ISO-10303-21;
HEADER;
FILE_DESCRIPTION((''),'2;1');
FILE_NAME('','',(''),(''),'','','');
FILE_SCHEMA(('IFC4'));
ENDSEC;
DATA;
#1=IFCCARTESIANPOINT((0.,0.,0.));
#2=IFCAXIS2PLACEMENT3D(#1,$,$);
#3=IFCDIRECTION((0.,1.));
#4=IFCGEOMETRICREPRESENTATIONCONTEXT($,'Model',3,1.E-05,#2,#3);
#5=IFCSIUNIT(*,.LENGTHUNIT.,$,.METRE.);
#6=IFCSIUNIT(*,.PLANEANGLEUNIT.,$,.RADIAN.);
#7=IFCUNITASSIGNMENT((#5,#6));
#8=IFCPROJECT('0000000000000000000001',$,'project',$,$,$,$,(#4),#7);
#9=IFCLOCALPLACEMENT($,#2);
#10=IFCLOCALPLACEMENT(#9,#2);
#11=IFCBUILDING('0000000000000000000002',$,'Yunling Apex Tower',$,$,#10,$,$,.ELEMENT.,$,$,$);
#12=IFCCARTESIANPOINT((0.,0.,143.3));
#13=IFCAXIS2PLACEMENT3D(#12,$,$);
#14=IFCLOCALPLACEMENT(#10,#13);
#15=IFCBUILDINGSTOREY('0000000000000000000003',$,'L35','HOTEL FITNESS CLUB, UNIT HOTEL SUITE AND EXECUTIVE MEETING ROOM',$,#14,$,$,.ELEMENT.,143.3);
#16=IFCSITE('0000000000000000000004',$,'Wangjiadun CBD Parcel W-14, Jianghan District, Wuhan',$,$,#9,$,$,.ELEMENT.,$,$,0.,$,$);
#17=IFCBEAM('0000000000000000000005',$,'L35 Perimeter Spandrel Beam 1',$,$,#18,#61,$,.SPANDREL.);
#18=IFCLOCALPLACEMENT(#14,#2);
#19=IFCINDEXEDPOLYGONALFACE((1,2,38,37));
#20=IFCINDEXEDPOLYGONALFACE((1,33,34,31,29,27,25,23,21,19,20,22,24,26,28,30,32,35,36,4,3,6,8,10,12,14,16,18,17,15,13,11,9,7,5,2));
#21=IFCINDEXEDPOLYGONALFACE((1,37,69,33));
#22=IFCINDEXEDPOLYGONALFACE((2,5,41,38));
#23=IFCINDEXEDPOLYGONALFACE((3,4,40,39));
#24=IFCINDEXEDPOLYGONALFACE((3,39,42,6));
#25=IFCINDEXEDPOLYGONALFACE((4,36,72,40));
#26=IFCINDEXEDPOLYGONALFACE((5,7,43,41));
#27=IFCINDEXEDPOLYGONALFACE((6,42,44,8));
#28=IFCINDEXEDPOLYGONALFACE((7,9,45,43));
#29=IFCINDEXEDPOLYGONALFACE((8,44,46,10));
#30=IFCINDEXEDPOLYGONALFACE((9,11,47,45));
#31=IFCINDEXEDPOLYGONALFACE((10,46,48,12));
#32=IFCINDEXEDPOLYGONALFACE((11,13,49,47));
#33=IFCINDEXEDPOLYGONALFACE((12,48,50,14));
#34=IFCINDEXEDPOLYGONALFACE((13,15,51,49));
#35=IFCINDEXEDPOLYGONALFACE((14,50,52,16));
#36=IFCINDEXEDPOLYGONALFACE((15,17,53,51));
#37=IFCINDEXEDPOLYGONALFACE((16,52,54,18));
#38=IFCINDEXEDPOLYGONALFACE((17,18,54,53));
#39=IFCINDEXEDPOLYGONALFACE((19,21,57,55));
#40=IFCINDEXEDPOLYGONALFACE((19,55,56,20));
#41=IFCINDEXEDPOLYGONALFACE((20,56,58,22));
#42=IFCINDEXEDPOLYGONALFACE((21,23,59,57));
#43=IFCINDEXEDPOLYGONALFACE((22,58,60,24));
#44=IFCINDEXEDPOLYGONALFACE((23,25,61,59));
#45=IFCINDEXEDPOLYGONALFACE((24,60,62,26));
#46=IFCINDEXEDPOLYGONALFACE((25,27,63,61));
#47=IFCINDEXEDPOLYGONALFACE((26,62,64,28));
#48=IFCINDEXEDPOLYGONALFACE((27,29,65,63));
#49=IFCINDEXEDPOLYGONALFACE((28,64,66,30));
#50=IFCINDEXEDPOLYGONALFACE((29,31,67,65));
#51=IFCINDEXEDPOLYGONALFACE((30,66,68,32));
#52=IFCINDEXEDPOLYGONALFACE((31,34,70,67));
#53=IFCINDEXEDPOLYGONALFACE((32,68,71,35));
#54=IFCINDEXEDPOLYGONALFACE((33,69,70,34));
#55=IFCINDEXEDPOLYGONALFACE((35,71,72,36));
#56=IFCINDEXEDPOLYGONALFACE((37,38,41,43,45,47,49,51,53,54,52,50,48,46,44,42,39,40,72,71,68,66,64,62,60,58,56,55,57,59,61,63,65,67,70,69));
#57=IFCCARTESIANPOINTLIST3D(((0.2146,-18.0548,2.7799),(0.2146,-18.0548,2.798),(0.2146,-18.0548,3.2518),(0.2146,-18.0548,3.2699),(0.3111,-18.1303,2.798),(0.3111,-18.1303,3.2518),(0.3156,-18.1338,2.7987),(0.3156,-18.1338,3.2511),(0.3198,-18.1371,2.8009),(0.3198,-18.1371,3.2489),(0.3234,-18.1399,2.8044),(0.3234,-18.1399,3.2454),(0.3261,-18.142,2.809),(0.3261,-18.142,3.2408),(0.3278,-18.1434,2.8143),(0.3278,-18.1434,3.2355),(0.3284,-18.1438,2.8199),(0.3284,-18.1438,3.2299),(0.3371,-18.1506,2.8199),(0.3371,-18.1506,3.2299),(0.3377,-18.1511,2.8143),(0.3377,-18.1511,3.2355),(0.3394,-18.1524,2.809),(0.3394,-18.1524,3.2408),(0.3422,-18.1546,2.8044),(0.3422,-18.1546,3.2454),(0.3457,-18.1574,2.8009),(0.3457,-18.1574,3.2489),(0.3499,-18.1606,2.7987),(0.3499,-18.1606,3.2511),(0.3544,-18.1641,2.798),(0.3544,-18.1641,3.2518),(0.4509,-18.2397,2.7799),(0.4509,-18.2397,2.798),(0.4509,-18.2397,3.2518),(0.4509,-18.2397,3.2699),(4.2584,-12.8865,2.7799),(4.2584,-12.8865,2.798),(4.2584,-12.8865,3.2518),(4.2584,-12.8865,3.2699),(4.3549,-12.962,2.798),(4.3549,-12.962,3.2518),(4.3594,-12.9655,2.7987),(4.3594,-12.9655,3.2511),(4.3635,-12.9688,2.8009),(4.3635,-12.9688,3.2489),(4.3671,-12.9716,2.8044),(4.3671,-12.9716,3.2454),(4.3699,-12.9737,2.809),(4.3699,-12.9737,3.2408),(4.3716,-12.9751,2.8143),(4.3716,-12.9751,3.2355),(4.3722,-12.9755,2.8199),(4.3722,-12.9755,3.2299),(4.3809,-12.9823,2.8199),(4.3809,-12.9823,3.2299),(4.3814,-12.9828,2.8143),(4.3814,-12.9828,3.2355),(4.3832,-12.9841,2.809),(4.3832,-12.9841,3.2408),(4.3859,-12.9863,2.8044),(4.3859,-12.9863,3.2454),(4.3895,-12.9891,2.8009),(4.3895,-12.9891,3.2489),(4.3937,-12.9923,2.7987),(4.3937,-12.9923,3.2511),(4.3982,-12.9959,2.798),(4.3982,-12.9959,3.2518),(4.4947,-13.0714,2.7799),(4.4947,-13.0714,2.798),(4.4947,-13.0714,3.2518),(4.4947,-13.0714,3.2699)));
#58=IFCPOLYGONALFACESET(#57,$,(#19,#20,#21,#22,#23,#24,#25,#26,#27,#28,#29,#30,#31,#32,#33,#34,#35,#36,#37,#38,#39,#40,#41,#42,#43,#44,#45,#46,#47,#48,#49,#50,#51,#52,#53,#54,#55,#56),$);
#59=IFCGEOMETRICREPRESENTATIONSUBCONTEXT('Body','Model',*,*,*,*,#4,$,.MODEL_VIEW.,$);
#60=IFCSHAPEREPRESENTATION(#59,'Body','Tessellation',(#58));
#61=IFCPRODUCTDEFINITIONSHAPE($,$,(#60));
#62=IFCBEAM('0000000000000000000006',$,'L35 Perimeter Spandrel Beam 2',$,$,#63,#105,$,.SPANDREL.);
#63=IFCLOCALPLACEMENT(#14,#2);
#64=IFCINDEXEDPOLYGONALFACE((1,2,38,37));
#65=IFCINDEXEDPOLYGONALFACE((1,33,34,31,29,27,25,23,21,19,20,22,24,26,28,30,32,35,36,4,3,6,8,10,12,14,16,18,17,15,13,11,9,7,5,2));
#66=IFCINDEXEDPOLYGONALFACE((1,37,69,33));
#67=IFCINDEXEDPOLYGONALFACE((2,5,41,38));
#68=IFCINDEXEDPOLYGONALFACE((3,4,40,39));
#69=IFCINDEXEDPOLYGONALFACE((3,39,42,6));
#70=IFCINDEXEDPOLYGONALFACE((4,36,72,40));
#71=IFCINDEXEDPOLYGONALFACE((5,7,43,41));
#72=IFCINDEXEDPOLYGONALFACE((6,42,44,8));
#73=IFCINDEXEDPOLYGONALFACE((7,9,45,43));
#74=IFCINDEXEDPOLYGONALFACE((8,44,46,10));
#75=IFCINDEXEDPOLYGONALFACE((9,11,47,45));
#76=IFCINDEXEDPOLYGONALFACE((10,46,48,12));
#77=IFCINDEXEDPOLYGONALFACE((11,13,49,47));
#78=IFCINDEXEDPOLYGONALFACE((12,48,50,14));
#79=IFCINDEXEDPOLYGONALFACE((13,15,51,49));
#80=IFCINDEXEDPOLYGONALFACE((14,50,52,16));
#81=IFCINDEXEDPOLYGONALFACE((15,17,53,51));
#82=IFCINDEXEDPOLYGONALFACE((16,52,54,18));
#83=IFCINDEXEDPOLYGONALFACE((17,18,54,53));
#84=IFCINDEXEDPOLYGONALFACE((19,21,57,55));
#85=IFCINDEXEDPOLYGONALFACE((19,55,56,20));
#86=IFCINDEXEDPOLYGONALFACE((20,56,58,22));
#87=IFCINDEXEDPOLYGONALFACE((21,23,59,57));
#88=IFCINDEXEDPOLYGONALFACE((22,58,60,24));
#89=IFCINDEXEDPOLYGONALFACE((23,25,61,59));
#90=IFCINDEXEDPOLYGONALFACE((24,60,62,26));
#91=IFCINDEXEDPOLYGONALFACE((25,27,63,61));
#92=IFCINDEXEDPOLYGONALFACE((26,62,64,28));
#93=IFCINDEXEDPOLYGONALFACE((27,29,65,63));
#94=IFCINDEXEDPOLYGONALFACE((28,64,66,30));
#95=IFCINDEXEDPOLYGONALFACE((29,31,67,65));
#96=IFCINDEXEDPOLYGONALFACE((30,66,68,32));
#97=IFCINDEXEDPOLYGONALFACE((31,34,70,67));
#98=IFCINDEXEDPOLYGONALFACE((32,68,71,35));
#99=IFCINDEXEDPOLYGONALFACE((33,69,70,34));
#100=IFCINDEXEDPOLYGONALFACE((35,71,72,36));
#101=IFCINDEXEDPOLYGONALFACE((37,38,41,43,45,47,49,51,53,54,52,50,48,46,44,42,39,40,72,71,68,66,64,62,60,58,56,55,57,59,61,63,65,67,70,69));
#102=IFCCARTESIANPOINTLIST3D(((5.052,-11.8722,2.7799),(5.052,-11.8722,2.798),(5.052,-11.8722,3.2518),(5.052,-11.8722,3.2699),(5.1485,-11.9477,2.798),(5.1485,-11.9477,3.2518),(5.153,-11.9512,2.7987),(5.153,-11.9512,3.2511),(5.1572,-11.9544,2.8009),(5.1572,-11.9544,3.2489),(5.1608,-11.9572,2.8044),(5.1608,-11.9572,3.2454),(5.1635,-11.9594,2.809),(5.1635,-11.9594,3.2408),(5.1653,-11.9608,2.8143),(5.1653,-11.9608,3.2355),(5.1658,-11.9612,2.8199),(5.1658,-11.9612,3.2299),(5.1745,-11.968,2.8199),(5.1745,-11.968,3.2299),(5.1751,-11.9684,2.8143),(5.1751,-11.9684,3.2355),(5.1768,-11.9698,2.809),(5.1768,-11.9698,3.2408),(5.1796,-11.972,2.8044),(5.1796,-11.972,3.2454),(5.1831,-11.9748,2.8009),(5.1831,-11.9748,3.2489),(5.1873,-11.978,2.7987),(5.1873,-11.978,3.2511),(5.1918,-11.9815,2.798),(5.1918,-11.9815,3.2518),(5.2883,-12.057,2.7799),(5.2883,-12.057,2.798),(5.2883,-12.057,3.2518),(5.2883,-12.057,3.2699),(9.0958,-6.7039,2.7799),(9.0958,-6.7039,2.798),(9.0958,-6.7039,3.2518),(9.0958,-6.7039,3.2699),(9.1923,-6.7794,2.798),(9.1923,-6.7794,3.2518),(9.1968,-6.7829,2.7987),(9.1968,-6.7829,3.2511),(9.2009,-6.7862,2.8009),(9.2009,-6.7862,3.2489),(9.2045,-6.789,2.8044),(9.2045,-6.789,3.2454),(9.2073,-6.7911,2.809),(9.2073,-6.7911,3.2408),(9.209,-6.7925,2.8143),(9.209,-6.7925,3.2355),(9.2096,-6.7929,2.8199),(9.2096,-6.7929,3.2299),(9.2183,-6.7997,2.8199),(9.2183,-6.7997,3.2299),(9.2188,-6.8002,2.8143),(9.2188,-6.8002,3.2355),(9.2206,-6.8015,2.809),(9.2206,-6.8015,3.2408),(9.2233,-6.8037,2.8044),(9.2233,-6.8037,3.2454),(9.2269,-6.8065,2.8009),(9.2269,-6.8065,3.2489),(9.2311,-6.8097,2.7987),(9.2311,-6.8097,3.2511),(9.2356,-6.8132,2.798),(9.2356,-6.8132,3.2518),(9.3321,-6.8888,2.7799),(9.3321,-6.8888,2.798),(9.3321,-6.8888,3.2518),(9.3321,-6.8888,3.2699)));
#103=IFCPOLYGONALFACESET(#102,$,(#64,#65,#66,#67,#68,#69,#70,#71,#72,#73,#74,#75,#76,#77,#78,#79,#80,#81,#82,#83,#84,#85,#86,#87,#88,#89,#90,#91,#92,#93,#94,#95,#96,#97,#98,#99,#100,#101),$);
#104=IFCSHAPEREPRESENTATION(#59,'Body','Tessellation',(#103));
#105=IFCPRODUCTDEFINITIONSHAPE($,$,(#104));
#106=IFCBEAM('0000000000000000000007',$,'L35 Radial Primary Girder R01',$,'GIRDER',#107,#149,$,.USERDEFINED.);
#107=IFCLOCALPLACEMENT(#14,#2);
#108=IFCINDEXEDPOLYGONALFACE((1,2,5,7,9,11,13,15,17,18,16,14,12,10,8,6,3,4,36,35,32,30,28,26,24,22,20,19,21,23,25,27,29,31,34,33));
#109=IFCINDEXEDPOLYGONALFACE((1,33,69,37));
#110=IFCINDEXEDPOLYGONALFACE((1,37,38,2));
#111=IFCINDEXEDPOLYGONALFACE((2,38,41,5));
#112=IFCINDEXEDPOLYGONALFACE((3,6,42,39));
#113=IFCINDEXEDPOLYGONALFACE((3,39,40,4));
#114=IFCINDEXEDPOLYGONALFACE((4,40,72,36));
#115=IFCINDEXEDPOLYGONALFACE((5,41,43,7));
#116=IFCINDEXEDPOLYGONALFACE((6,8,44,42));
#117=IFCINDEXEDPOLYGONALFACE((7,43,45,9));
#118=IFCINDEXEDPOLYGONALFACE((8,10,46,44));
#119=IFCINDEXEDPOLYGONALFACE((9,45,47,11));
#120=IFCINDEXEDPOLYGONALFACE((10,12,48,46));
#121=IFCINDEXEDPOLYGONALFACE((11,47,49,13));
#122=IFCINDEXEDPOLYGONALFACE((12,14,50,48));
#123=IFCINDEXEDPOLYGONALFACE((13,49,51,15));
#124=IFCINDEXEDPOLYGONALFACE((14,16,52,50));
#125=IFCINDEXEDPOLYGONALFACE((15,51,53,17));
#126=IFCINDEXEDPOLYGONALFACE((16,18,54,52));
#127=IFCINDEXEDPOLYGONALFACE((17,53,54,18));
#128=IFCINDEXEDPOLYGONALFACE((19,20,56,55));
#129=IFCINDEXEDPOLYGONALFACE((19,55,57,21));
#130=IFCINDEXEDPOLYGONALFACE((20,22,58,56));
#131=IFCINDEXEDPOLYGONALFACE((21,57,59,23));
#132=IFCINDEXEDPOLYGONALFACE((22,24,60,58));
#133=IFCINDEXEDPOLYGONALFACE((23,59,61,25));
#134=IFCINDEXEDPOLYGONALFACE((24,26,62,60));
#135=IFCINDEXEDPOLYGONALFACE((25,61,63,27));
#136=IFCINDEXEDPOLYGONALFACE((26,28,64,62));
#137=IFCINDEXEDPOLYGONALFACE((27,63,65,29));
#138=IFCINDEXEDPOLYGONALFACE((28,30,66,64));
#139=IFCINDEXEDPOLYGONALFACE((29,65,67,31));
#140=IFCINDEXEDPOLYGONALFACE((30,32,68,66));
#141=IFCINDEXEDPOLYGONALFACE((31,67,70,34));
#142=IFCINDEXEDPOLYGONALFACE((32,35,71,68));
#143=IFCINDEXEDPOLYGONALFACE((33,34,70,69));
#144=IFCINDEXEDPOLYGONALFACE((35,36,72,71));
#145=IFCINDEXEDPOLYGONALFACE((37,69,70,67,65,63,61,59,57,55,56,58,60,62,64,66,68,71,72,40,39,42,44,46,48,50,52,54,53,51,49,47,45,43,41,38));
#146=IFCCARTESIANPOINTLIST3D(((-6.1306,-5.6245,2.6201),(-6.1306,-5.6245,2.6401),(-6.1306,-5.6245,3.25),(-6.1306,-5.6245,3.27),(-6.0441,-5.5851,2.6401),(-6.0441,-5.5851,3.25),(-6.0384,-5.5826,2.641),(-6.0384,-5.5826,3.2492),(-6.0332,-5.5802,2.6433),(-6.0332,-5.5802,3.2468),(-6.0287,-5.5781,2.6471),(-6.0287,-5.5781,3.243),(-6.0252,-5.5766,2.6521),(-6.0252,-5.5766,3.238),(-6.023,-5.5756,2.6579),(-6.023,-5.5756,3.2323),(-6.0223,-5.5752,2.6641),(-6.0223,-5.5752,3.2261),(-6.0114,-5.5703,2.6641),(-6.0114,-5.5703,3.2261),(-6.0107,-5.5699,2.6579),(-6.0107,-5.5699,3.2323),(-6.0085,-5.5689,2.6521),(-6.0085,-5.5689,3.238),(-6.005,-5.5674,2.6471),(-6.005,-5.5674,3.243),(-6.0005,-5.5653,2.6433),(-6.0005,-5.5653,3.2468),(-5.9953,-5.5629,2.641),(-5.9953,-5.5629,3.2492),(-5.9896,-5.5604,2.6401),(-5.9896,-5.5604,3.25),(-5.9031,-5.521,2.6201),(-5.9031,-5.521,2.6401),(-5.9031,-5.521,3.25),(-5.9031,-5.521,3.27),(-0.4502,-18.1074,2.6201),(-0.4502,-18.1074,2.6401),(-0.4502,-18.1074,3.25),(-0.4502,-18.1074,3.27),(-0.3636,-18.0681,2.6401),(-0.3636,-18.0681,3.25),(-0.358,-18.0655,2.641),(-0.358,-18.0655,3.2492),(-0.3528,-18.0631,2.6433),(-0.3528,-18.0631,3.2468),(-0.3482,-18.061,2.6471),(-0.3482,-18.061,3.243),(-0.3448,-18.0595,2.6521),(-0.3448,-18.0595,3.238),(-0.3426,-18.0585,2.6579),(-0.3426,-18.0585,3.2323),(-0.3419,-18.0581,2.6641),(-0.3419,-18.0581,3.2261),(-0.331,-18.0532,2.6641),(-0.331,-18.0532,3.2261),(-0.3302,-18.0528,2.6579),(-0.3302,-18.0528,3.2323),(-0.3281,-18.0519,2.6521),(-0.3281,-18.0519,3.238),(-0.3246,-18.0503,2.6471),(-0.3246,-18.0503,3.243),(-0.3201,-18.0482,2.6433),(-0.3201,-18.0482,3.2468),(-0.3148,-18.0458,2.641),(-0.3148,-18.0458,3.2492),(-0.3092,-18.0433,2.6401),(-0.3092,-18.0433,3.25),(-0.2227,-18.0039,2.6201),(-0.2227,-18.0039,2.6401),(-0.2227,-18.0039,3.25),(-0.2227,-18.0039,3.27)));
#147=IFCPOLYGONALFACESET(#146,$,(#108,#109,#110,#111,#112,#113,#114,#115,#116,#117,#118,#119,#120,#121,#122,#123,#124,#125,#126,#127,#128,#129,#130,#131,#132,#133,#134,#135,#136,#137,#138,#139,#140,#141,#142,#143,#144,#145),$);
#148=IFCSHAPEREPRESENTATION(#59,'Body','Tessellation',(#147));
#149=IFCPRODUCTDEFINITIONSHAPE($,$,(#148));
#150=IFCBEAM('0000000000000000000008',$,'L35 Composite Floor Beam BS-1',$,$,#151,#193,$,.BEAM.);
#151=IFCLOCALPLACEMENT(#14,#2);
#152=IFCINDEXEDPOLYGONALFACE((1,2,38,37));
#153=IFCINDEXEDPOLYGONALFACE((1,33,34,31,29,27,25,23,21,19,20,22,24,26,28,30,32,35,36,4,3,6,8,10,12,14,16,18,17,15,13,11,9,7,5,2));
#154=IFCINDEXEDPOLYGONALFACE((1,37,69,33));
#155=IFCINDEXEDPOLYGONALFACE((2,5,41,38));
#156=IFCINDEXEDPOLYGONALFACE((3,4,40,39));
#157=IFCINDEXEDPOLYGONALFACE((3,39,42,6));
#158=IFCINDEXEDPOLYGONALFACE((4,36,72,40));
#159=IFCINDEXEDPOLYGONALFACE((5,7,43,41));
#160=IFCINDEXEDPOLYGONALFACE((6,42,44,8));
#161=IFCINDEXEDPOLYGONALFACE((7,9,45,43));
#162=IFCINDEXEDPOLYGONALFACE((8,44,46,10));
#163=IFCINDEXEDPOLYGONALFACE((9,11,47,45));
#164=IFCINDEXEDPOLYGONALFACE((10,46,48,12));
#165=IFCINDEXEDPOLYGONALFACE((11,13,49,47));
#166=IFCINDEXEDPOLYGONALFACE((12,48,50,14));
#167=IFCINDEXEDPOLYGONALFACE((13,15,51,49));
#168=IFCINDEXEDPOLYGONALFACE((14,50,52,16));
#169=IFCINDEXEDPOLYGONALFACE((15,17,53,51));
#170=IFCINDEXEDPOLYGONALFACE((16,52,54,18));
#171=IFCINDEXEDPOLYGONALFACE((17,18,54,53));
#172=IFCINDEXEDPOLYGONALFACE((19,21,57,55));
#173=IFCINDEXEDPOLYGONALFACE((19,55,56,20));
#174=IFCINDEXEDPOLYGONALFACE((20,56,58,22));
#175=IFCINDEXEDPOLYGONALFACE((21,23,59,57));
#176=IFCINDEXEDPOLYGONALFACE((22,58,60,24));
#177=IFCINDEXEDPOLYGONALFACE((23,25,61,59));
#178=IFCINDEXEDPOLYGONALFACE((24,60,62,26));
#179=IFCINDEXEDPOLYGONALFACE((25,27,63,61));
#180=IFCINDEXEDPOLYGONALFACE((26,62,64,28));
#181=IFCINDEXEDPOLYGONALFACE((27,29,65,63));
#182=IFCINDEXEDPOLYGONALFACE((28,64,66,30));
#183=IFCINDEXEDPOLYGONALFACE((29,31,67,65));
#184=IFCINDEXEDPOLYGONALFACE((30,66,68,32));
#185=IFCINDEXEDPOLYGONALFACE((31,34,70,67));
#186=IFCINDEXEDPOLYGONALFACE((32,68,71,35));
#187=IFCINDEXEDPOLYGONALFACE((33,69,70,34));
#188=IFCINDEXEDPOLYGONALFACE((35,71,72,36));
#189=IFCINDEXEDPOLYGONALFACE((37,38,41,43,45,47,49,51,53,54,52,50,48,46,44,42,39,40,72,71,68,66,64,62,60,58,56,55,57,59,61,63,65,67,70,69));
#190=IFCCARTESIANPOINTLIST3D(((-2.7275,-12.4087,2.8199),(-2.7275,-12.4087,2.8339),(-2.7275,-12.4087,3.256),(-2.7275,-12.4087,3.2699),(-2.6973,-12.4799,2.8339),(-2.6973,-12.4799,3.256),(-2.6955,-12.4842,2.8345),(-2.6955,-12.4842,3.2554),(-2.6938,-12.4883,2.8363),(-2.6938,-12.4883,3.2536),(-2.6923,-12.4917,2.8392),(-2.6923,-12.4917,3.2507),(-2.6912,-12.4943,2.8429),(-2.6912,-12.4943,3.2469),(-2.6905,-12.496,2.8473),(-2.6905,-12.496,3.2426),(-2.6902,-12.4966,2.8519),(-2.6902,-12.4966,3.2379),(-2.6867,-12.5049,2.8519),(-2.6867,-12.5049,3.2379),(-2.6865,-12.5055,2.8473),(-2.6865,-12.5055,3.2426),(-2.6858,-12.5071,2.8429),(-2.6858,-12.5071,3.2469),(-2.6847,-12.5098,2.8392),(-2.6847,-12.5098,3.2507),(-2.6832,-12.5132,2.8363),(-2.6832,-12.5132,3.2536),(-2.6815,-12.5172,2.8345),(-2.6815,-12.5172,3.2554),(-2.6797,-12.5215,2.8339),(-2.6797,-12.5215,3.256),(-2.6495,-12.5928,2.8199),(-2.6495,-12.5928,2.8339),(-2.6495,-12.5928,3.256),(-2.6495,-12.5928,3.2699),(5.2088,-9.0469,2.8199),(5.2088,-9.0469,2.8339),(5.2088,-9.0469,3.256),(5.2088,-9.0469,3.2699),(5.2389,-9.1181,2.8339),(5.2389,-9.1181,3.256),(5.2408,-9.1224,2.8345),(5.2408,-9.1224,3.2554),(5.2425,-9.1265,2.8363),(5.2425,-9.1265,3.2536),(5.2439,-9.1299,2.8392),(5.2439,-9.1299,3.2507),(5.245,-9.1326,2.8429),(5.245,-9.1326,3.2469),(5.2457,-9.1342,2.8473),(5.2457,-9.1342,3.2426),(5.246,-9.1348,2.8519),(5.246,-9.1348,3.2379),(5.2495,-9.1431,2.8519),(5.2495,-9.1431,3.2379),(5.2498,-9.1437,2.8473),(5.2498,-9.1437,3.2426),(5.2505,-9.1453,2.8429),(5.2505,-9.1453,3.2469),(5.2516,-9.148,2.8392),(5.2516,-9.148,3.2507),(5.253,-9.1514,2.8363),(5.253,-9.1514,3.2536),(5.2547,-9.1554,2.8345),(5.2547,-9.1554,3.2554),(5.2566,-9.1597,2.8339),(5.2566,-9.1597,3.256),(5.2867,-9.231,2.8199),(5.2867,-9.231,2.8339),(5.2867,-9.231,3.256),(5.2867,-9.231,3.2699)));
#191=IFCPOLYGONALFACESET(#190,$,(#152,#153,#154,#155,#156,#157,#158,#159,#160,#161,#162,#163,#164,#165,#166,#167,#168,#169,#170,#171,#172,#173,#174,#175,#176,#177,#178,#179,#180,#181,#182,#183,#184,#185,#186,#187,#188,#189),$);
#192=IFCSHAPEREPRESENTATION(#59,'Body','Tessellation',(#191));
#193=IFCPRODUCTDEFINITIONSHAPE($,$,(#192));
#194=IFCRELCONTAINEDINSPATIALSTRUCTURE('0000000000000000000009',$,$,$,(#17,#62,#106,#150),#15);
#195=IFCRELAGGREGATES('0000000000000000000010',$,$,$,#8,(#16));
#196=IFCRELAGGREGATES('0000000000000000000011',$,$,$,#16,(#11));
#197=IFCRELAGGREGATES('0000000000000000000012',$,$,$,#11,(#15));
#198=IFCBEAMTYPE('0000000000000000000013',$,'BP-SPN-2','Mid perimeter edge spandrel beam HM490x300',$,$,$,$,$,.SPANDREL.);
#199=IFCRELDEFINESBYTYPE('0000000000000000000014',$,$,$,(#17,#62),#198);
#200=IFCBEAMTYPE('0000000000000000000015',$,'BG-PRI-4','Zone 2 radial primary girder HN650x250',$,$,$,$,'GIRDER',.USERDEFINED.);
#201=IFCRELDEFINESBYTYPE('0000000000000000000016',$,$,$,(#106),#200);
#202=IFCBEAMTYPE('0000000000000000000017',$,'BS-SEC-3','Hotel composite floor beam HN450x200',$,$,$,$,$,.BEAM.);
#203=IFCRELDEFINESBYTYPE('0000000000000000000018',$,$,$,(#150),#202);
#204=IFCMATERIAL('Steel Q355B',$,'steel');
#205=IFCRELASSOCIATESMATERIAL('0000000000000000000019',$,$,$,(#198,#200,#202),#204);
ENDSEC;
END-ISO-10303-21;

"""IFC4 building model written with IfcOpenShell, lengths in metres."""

from ifc_helpers import new_model, si_unit, direction, frame, origin, origin_2d, place, context, subcontext, project, spatial, i_section, extrude, source, transform, mapped, material, material_profile, profile_set, type_object, element, save


model = new_model("IFC4")

# Units and contexts
model_context = context("Model", 3, precision=1e-05, world=origin(), true_north=direction((0.0, 1.0)))
body_context = subcontext(model_context, "Body", "Model", "MODEL_VIEW")
ifc_project = project(units=[si_unit("LENGTHUNIT", "METRE"), si_unit("PLANEANGLEUNIT", "RADIAN")], contexts=[model_context])

# Site, building, storey
site_placement = place(None, origin())
site = spatial("IfcSite", under=ifc_project, at=site_placement, Name="Wangjiadun CBD Parcel W-14, Jianghan District, Wuhan", CompositionType="ELEMENT", RefElevation=0.0)
building_placement = place(site_placement, origin())
building = spatial("IfcBuilding", under=site, at=building_placement, Name="Yunling Apex Tower", CompositionType="ELEMENT")
storey_placement = place(building_placement, frame((0.0, 0.0, 143.3)))
storey = spatial("IfcBuildingStorey", under=building, at=storey_placement, Name="L35", Description="HOTEL FITNESS CLUB, UNIT HOTEL SUITE AND EXECUTIVE MEETING ROOM", CompositionType="ELEMENT", Elevation=143.3)

# Beams
ifc_material_1 = material(Name="Steel Q355B", Category="steel")
ifc_material_profile_1 = material_profile(ifc_material_1, i_section(OverallWidth=0.3, OverallDepth=0.49, WebThickness=0.011, FlangeThickness=0.0181, FilletRadius=0.022, at=origin_2d()))
ifc_profile_set_1 = profile_set([ifc_material_profile_1], Name="Steel Q355B")
beam_type_1 = type_object("IfcBeamType", Name="BP-SPN-2", Description="Mid perimeter edge spandrel beam HM490x300", PredefinedType="SPANDREL", material=ifc_profile_set_1)
shared_shape_1 = source(origin(), body_context, "Body", "SweptSolid", [
    extrude(i_section(OverallWidth=0.3, OverallDepth=0.49, WebThickness=0.011, FlangeThickness=0.0181, FilletRadius=0.022, at=origin_2d()), origin(), (0.0, 0.0, 1.0), 6.5623),
])
for number, where, z_axis, x_axis, name in (
    (1, (0.3328, -18.1472, 3.0249), (0.616215, 0.787578, 0.0), (-0.787578, 0.616215, 0.0), "L35 Perimeter Spandrel Beam 1"),
    (2, (5.1702, -11.9646, 3.0249), (0.616215, 0.787578, 0.0), (-0.787578, 0.616215, 0.0), "L35 Perimeter Spandrel Beam 2"),
):
    element("IfcBeam", number, at=place(storey_placement, frame(where, z_axis=z_axis, x_axis=x_axis)), inside=storey, type_object=beam_type_1, Name=name, PredefinedType="SPANDREL", context=body_context, shape_type="MappedRepresentation", body=[
        mapped(shared_shape_1, transform((0.0, 0.0, 0.0), scale=1.0)),
    ])
ifc_material_profile_2 = material_profile(ifc_material_1, i_section(OverallWidth=0.25, OverallDepth=0.6499, WebThickness=0.012, FlangeThickness=0.02, FilletRadius=0.0239, at=origin_2d()))
ifc_profile_set_2 = profile_set([ifc_material_profile_2], Name="Steel Q355B")
beam_type_2 = type_object("IfcBeamType", Name="BG-PRI-4", Description="Zone 2 radial primary girder HN650x250", ElementType="GIRDER", PredefinedType="USERDEFINED", material=ifc_profile_set_2)
shared_shape_2 = source(origin(), body_context, "Body", "SweptSolid", [
    extrude(i_section(OverallWidth=0.25, OverallDepth=0.6499, WebThickness=0.012, FlangeThickness=0.02, FilletRadius=0.0239, at=origin_2d()), origin(), (0.0, 0.0, 1.0), 13.7146),
])
beam_1_placement = place(storey_placement, frame((-0.3364, -18.0557, 2.9451), z_axis=(-0.414188, 0.910191, 0.0), x_axis=(-0.910191, -0.414188, 0.0)))
element("IfcBeam", 3, at=beam_1_placement, inside=storey, type_object=beam_type_2, Name="L35 Radial Primary Girder R01", ObjectType="GIRDER", PredefinedType="USERDEFINED", context=body_context, shape_type="MappedRepresentation", body=[
    mapped(shared_shape_2, transform((0.0, 0.0, 0.0), scale=1.0)),
])
ifc_material_profile_3 = material_profile(ifc_material_1, i_section(OverallWidth=0.2, OverallDepth=0.45, WebThickness=0.009, FlangeThickness=0.0139, FilletRadius=0.0181, at=origin_2d()))
ifc_profile_set_3 = profile_set([ifc_material_profile_3], Name="Steel Q355B")
beam_type_3 = type_object("IfcBeamType", Name="BS-SEC-3", Description="Hotel composite floor beam HN450x200", PredefinedType="BEAM", material=ifc_profile_set_3)
shared_shape_3 = source(origin(), body_context, "Body", "SweptSolid", [
    extrude(i_section(OverallWidth=0.2, OverallDepth=0.45, WebThickness=0.009, FlangeThickness=0.0139, FilletRadius=0.0181, at=origin_2d()), origin(), (0.0, 0.0, 1.0), 8.6189),
])
beam_2_placement = place(storey_placement, frame((-2.6885, -12.5007, 3.0449), z_axis=(0.920794, 0.390049, 0.0), x_axis=(-0.390049, 0.920794, 0.0)))
element("IfcBeam", 4, at=beam_2_placement, inside=storey, type_object=beam_type_3, Name="L35 Composite Floor Beam BS-1", PredefinedType="BEAM", context=body_context, shape_type="MappedRepresentation", body=[
    mapped(shared_shape_3, transform((0.0, 0.0, 0.0), scale=1.0)),
])

save(model, "model.ifc")
